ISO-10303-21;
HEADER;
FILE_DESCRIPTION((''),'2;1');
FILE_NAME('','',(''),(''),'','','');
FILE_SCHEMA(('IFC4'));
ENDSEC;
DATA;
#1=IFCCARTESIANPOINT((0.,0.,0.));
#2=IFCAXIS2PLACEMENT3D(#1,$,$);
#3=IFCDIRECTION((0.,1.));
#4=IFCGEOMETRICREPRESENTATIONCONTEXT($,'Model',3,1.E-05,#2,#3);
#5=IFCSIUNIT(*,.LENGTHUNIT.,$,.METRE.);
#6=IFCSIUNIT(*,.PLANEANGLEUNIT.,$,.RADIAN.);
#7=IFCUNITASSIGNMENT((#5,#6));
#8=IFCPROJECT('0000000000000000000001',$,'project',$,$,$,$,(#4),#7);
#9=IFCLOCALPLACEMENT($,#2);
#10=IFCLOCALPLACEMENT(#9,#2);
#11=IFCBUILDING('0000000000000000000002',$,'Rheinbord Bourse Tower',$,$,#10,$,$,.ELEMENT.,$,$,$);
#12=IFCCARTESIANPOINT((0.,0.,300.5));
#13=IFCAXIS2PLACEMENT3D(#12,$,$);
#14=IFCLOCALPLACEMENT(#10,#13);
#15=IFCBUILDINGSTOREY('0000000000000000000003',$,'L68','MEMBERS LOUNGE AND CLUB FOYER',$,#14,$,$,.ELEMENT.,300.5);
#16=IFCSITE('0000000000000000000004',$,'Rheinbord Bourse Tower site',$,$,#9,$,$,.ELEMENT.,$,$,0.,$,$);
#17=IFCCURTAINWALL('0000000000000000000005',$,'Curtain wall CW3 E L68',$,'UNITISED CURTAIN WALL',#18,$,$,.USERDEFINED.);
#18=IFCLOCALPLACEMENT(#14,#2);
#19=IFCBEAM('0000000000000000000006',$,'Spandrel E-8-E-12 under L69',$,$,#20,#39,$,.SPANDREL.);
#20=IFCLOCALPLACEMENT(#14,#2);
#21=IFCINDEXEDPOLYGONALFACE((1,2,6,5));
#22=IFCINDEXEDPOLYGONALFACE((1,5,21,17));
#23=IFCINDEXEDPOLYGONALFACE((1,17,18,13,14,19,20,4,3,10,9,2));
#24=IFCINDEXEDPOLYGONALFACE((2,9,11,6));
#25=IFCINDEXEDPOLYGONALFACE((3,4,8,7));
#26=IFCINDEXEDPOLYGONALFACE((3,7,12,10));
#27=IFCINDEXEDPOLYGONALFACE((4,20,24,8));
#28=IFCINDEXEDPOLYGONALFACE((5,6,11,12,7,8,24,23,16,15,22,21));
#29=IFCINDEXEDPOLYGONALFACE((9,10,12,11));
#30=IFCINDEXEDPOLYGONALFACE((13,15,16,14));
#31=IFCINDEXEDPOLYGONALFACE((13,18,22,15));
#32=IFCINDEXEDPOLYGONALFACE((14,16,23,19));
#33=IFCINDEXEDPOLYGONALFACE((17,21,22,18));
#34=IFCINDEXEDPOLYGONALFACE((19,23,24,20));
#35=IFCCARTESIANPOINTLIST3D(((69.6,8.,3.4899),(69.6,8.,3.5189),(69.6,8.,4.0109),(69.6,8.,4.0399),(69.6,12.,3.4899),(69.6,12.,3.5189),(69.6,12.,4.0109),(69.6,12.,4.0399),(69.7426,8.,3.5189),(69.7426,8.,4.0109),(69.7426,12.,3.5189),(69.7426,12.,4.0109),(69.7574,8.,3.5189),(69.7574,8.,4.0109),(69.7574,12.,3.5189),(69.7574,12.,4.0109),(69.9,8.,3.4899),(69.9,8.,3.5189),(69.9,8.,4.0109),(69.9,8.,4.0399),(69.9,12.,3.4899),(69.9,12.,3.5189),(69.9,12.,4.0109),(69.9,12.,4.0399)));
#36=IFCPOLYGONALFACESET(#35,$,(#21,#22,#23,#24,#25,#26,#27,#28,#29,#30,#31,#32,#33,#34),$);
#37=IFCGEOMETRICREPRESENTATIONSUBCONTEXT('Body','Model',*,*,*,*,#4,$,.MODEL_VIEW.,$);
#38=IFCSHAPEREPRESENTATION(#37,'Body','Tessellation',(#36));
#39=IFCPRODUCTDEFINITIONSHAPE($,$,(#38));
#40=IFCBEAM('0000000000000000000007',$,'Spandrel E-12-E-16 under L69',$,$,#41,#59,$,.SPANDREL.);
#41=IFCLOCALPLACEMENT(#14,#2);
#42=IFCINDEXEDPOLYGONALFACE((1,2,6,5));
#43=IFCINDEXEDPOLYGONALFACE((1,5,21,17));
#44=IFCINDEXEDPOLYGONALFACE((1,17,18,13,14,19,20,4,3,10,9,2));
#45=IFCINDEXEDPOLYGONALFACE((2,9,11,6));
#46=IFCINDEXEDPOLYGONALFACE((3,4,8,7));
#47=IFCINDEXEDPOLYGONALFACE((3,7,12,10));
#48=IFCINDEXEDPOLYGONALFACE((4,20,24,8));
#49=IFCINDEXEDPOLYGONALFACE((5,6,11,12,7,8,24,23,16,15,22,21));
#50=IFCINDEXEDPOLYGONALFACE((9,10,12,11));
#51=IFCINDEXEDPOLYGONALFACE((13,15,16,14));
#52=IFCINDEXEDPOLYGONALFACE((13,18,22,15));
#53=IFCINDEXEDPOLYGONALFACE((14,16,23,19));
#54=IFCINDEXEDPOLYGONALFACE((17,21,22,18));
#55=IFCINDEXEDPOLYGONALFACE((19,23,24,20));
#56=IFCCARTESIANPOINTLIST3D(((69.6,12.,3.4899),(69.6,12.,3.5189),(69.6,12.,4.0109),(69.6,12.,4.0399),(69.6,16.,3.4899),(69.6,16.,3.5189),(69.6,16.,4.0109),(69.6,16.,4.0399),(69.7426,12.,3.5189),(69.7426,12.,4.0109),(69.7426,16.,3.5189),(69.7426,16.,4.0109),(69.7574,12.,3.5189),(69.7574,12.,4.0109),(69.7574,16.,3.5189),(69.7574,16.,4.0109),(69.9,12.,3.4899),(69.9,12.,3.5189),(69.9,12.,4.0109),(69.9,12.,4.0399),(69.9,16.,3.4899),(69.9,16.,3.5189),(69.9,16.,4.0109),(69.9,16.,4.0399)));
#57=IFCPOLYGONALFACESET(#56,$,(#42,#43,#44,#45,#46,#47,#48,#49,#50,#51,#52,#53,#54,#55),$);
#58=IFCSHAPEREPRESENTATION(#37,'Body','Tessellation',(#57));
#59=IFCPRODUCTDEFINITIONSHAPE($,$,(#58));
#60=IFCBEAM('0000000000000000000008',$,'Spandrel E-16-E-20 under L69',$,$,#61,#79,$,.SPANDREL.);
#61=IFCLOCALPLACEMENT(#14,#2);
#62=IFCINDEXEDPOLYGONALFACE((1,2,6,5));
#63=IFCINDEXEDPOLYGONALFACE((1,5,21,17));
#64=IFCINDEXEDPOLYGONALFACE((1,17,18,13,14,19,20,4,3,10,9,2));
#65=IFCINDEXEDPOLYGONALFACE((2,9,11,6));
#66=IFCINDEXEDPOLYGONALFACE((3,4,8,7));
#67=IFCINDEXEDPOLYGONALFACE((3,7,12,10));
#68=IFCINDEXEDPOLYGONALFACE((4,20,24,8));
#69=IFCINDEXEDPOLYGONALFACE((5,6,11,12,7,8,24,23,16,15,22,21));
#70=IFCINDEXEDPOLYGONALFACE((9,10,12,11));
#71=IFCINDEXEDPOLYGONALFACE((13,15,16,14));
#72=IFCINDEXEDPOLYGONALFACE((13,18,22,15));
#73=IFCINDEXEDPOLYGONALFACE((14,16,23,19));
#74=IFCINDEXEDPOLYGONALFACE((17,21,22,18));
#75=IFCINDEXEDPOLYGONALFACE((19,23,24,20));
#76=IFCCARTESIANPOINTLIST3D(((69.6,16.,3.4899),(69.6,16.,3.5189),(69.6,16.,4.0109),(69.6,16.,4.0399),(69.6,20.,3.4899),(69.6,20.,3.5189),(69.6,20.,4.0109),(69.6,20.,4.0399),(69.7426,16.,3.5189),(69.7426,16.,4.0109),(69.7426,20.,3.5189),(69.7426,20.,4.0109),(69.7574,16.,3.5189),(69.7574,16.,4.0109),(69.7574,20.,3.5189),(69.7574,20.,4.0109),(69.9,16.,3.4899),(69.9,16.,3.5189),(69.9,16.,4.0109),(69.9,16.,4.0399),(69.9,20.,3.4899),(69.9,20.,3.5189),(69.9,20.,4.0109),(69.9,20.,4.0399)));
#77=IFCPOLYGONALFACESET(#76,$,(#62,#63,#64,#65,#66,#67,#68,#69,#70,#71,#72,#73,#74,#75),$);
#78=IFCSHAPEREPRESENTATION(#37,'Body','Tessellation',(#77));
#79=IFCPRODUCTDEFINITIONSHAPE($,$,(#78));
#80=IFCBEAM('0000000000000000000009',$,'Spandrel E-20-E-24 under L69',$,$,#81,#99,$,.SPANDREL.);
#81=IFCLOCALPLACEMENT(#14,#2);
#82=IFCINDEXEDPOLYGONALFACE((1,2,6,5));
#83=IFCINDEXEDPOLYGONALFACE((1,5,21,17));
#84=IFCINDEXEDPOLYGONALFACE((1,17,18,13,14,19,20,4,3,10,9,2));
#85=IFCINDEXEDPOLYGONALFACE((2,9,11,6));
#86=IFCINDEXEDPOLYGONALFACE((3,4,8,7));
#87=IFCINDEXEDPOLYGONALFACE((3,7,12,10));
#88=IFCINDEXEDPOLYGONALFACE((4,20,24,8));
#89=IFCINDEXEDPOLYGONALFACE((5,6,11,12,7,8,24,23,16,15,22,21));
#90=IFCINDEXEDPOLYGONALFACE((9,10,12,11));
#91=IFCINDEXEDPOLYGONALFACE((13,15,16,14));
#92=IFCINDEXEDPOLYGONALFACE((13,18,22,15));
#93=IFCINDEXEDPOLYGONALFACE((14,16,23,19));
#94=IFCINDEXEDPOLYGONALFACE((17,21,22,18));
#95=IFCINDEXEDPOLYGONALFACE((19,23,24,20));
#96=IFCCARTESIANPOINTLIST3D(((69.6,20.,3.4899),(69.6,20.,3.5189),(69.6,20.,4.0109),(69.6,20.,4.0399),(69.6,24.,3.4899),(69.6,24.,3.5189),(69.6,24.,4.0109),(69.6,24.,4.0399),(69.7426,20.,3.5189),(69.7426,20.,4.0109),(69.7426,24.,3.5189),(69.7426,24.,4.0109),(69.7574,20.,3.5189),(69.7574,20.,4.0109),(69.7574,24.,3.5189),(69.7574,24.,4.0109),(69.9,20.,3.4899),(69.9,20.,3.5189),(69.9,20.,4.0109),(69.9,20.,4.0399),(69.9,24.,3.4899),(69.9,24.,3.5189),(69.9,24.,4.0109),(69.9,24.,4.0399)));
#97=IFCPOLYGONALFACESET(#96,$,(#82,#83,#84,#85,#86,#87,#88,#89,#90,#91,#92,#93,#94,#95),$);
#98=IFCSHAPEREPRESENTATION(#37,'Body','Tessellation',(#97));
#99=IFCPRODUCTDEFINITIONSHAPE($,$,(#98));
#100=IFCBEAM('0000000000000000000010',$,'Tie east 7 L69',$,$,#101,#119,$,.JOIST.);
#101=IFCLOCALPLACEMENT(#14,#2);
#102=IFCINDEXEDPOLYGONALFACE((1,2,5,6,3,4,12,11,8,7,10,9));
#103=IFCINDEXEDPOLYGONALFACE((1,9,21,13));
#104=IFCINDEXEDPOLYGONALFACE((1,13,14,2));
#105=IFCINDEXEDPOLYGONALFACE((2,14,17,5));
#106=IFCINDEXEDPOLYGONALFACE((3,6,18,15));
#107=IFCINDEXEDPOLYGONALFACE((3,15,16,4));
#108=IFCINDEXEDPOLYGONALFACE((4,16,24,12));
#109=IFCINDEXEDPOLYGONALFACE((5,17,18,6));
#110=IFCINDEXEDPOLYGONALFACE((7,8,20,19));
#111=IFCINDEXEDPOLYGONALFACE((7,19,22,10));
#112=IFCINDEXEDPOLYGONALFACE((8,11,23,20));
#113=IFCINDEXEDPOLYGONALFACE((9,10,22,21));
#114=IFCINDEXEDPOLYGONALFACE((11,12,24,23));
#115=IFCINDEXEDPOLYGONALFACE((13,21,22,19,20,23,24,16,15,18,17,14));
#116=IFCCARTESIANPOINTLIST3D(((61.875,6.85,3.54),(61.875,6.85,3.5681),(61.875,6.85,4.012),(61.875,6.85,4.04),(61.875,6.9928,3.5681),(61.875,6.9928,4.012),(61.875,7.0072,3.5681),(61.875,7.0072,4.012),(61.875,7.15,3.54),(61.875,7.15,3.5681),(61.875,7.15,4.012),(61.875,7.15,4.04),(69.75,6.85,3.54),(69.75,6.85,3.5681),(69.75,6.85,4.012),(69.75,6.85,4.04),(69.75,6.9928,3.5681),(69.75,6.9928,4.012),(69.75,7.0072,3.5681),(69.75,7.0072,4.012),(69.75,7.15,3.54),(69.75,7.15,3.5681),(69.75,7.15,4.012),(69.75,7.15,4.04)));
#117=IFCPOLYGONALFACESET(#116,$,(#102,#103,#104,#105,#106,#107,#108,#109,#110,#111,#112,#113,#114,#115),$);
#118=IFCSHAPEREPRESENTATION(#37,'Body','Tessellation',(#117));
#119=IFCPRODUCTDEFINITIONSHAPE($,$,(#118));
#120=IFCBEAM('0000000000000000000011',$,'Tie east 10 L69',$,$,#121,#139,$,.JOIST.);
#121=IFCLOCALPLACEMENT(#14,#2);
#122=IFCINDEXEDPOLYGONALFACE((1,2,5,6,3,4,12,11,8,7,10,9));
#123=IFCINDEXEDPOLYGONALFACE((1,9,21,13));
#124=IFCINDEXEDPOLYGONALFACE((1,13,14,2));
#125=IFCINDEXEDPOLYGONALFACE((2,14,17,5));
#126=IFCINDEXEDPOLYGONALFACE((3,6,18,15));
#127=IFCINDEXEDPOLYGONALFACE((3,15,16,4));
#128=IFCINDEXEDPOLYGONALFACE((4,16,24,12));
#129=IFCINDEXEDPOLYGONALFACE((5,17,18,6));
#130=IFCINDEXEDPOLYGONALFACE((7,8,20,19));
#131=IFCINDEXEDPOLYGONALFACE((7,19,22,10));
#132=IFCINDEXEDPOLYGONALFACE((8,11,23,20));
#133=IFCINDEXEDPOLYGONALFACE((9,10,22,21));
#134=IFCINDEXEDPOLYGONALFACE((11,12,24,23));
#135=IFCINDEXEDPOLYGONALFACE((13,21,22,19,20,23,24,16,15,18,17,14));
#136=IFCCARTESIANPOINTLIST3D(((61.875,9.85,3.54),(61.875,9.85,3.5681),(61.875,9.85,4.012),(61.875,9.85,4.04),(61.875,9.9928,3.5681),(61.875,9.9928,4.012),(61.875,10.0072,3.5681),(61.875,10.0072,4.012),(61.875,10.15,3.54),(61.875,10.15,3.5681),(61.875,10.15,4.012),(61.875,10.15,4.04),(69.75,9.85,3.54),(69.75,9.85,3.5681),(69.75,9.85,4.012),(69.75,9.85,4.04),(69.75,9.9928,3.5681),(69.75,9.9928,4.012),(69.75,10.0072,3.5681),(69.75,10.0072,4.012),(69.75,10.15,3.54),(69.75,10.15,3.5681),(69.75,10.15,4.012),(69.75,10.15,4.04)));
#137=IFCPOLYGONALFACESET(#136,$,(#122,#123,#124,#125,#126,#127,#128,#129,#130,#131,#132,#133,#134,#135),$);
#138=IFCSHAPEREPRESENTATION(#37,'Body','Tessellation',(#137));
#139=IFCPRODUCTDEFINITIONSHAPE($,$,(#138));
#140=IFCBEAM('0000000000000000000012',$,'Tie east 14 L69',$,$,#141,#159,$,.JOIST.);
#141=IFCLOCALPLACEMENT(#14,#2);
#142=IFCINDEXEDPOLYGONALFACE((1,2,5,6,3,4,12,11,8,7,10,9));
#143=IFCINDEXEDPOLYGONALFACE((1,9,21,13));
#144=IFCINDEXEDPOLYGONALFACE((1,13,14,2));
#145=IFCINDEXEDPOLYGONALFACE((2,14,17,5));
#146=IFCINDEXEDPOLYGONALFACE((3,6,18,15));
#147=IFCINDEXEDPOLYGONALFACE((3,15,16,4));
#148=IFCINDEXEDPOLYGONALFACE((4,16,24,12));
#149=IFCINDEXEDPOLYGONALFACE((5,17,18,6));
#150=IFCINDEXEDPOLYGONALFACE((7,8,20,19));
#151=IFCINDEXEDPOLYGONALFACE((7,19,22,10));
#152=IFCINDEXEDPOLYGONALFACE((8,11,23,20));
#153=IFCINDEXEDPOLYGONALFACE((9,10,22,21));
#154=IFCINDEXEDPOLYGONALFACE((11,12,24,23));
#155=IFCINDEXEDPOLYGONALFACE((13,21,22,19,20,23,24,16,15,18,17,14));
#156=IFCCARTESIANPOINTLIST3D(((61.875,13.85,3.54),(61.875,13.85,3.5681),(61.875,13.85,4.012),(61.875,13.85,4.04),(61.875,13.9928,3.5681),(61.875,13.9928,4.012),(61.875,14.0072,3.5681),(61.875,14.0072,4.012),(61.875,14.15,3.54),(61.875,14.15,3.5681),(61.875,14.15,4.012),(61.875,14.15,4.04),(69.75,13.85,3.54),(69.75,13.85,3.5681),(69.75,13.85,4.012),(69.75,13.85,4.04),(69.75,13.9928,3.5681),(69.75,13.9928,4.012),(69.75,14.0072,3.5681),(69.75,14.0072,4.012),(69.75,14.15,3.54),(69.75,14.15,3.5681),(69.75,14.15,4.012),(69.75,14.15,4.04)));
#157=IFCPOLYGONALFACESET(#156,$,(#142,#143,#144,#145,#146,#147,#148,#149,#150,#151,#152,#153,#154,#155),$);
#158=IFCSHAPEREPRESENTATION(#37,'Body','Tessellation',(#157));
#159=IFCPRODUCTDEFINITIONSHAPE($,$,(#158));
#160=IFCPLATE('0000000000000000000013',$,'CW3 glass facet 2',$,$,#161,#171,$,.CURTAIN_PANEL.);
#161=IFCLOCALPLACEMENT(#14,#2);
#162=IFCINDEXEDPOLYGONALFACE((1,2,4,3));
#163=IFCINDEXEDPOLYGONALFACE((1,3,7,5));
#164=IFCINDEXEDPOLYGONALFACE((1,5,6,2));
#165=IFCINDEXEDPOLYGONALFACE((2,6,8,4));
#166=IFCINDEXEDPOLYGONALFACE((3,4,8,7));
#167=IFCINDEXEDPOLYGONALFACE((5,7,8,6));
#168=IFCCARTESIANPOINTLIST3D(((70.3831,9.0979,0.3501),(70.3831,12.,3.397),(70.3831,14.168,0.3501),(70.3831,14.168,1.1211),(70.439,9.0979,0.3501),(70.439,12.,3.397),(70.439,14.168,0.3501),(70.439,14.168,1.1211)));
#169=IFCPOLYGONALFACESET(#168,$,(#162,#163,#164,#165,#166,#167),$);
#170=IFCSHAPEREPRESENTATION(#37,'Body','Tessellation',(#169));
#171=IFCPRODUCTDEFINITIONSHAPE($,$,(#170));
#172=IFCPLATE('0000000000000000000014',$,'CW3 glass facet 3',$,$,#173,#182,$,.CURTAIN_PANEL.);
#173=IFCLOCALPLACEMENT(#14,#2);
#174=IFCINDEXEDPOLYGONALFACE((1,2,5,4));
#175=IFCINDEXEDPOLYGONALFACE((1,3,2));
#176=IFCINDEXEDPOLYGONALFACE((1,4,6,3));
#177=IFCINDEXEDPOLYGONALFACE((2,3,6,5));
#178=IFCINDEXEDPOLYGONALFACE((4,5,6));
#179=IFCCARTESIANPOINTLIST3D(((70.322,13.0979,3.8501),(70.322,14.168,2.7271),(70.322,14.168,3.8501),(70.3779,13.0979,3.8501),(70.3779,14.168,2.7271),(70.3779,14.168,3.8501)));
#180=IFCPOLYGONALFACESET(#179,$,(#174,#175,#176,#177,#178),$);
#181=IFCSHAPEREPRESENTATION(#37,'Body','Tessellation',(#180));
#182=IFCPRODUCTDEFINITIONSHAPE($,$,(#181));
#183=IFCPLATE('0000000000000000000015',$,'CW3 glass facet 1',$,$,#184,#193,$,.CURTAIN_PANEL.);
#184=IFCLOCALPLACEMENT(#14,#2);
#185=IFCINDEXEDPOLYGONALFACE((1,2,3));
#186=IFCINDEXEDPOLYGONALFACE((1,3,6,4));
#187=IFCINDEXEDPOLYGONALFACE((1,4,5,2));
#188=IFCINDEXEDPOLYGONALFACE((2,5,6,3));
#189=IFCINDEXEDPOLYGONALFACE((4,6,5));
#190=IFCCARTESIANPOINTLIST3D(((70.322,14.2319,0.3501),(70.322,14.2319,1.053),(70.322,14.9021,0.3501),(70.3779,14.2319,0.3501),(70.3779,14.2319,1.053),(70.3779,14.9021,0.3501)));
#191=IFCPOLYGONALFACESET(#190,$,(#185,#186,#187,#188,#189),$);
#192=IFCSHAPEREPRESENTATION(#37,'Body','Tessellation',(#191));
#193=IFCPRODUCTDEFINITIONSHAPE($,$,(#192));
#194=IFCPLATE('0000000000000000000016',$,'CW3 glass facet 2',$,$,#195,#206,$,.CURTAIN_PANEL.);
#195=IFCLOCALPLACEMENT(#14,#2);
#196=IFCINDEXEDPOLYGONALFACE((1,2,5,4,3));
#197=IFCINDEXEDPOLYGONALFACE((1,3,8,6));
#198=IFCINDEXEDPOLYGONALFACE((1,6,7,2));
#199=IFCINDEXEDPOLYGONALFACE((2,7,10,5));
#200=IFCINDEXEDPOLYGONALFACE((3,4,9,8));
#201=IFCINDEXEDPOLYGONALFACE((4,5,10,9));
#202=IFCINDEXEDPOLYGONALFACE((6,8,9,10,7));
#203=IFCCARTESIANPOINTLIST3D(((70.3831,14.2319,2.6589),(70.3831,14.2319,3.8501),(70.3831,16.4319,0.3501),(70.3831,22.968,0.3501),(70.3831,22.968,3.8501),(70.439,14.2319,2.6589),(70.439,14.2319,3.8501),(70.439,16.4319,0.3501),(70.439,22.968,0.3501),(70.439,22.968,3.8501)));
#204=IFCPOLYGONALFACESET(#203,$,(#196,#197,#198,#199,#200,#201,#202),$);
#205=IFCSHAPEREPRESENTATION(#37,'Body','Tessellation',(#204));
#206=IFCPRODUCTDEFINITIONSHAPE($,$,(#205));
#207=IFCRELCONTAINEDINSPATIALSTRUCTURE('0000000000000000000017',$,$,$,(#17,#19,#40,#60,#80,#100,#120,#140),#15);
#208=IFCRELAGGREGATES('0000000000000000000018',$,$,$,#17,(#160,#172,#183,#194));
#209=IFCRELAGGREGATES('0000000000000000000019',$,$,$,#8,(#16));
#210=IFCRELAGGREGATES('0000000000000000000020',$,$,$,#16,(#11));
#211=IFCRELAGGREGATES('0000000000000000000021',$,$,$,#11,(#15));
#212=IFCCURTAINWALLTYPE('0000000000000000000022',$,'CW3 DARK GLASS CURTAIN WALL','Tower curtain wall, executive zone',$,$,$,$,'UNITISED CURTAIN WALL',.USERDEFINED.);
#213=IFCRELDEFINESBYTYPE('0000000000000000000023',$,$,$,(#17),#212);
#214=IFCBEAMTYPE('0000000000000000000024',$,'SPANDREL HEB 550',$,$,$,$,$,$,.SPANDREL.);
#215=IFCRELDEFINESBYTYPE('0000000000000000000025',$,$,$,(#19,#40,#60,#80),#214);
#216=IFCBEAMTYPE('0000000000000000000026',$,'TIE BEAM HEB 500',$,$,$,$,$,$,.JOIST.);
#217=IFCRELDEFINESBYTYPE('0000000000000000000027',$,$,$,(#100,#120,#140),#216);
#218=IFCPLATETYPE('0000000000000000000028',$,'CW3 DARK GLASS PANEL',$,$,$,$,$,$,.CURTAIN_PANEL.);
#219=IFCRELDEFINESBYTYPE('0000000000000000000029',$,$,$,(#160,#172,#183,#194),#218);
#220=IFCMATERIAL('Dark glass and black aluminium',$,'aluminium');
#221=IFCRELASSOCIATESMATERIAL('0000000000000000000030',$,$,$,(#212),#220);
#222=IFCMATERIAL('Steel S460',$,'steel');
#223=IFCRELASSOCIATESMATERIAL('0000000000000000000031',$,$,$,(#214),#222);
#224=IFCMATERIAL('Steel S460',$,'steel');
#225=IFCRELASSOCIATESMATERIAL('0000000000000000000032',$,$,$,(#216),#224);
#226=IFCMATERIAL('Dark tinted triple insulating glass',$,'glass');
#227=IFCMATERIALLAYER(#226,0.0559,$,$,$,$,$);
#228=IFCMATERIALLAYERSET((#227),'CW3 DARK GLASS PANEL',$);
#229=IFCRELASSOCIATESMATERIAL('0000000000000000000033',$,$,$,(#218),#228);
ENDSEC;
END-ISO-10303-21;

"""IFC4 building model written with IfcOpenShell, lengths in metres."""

from ifc_helpers import new_model, si_unit, direction, frame, origin, origin_2d, place, context, subcontext, project, spatial, polyline, i_section, outline, extrude, material, layer, layer_set, material_profile, profile_set, type_object, element, aggregate, save


model = new_model("IFC4")

# Units and contexts
model_context = context("Model", 3, precision=1e-05, world=origin(), true_north=direction((0.0, 1.0)))
body_context = subcontext(model_context, "Body", "Model", "MODEL_VIEW")
ifc_project = project(units=[si_unit("LENGTHUNIT", "METRE"), si_unit("PLANEANGLEUNIT", "RADIAN")], contexts=[model_context])

# Site, building, storey
site_placement = place(None, origin())
site = spatial("IfcSite", under=ifc_project, at=site_placement, Name="Rheinbord Bourse Tower site", CompositionType="ELEMENT", RefElevation=0.0)
building_placement = place(site_placement, origin())
building = spatial("IfcBuilding", under=site, at=building_placement, Name="Rheinbord Bourse Tower", CompositionType="ELEMENT")
storey_placement = place(building_placement, frame((0.0, 0.0, 300.5)))
storey = spatial("IfcBuildingStorey", under=building, at=storey_placement, Name="L68", Description="MEMBERS LOUNGE AND CLUB FOYER", CompositionType="ELEMENT", Elevation=300.5)

# Curtain wall
ifc_material_1 = material(Name="Dark glass and black aluminium", Category="aluminium")
curtain_wall_type = type_object("IfcCurtainWallType", Name="CW3 DARK GLASS CURTAIN WALL", Description="Tower curtain wall, executive zone", ElementType="UNITISED CURTAIN WALL", PredefinedType="USERDEFINED", material=ifc_material_1)
curtain_wall_placement = place(storey_placement, origin())
curtain_wall = element("IfcCurtainWall", 1, at=curtain_wall_placement, inside=storey, type_object=curtain_wall_type, Name="Curtain wall CW3 E L68", ObjectType="UNITISED CURTAIN WALL", PredefinedType="USERDEFINED")

# Beams
ifc_material_2 = material(Name="Steel S460", Category="steel")
ifc_material_profile_1 = material_profile(ifc_material_2, i_section(OverallWidth=0.3, OverallDepth=0.55, WebThickness=0.0149, FlangeThickness=0.0291, at=origin_2d()), Name="HEB 550")
ifc_profile_set_1 = profile_set([ifc_material_profile_1], Name="Steel S460")
beam_type_1 = type_object("IfcBeamType", Name="SPANDREL HEB 550", PredefinedType="SPANDREL", material=ifc_profile_set_1)
for number, where, z_axis, x_axis, name in (
    (2, (69.75, 8.0, 3.7649), (0.0, 1.0, 0.0), (-1.0, 0.0, 0.0), "Spandrel E-8-E-12 under L69"),
    (3, (69.75, 12.0, 3.7649), (0.0, 1.0, 0.0), (-1.0, 0.0, 0.0), "Spandrel E-12-E-16 under L69"),
    (4, (69.75, 16.0, 3.7649), (0.0, 1.0, 0.0), (-1.0, 0.0, 0.0), "Spandrel E-16-E-20 under L69"),
    (5, (69.75, 20.0, 3.7649), (0.0, 1.0, 0.0), (-1.0, 0.0, 0.0), "Spandrel E-20-E-24 under L69"),
):
    element("IfcBeam", number, at=place(storey_placement, frame(where, z_axis=z_axis, x_axis=x_axis)), inside=storey, type_object=beam_type_1, Name=name, PredefinedType="SPANDREL", context=body_context, shape_type="SweptSolid", body=[
        extrude(i_section(OverallWidth=0.3, OverallDepth=0.55, WebThickness=0.0149, FlangeThickness=0.0291, at=origin_2d()), origin(), (0.0, 0.0, 1.0), 4.0),
    ])
ifc_material_3 = material(Name="Steel S460", Category="steel")
ifc_material_profile_2 = material_profile(ifc_material_3, i_section(OverallWidth=0.3, OverallDepth=0.5, WebThickness=0.0144, FlangeThickness=0.0281, at=origin_2d()), Name="HEB 500")
ifc_profile_set_2 = profile_set([ifc_material_profile_2], Name="Steel S460")
beam_type_2 = type_object("IfcBeamType", Name="TIE BEAM HEB 500", PredefinedType="JOIST", material=ifc_profile_set_2)
for number, where, z_axis, x_axis, name in (
    (6, (61.875, 7.0, 3.79), (1.0, 0.0, 0.0), (0.0, 1.0, 0.0), "Tie east 7 L69"),
    (7, (61.875, 10.0, 3.79), (1.0, 0.0, 0.0), (0.0, 1.0, 0.0), "Tie east 10 L69"),
    (8, (61.875, 14.0, 3.79), (1.0, 0.0, 0.0), (0.0, 1.0, 0.0), "Tie east 14 L69"),
):
    element("IfcBeam", number, at=place(storey_placement, frame(where, z_axis=z_axis, x_axis=x_axis)), inside=storey, type_object=beam_type_2, Name=name, PredefinedType="JOIST", context=body_context, shape_type="SweptSolid", body=[
        extrude(i_section(OverallWidth=0.3, OverallDepth=0.5, WebThickness=0.0144, FlangeThickness=0.0281, at=origin_2d()), origin(), (0.0, 0.0, 1.0), 7.875),
    ])

# Plates
ifc_material_4 = material(Name="Dark tinted triple insulating glass", Category="glass")
ifc_layer_1 = layer(ifc_material_4, 0.0559)
ifc_layer_set_1 = layer_set([ifc_layer_1], Name="CW3 DARK GLASS PANEL")
plate_type = type_object("IfcPlateType", Name="CW3 DARK GLASS PANEL", PredefinedType="CURTAIN_PANEL", material=ifc_layer_set_1)
plate_1_placement = place(storey_placement, frame((70.439, 14.168, 0.3501), z_axis=(-1.0, 0.0, 0.0), x_axis=(0.0, -1.0, 0.0)))
plate_1 = element("IfcPlate", 9, at=plate_1_placement, type_object=plate_type, Name="CW3 glass facet 2", PredefinedType="CURTAIN_PANEL", context=body_context, shape_type="SweptSolid", body=[
    extrude(outline(polyline([(0.0, 0.0), (5.0701, 0.0), (2.168, 3.0469), (0.0, 0.771), (0.0, 0.0)])), origin(), (0.0, 0.0, 1.0), 0.0559),
])
plate_2_placement = place(storey_placement, frame((70.3779, 14.168, 3.8501), z_axis=(-1.0, 0.0, 0.0), x_axis=(0.0, 0.0, -1.0)))
plate_2 = element("IfcPlate", 10, at=plate_2_placement, type_object=plate_type, Name="CW3 glass facet 3", PredefinedType="CURTAIN_PANEL", context=body_context, shape_type="SweptSolid", body=[
    extrude(outline(polyline([(0.0, 0.0), (1.123, 0.0), (0.0, 1.0701), (0.0, 0.0)])), origin(), (0.0, 0.0, 1.0), 0.0559),
])
plate_3_placement = place(storey_placement, frame((70.3779, 14.2319, 0.3501), z_axis=(-1.0, 0.0, 0.0), x_axis=(0.0, 0.0, 1.0)))
plate_3 = element("IfcPlate", 11, at=plate_3_placement, type_object=plate_type, Name="CW3 glass facet 1", PredefinedType="CURTAIN_PANEL", context=body_context, shape_type="SweptSolid", body=[
    extrude(outline(polyline([(0.0, 0.0), (0.7029, 0.0), (0.0, 0.6702), (0.0, 0.0)])), origin(), (0.0, 0.0, 1.0), 0.0559),
])
plate_4_placement = place(storey_placement, frame((70.439, 14.2319, 3.8501), z_axis=(-1.0, 0.0, 0.0), x_axis=(0.0, 1.0, 0.0)))
plate_4 = element("IfcPlate", 12, at=plate_4_placement, type_object=plate_type, Name="CW3 glass facet 2", PredefinedType="CURTAIN_PANEL", context=body_context, shape_type="SweptSolid", body=[
    extrude(outline(polyline([(0.0, 0.0), (8.7361, 0.0), (8.7361, 3.5), (2.2, 3.5), (0.0, 1.1912), (0.0, 0.0)])), origin(), (0.0, 0.0, 1.0), 0.0559),
])
aggregate(curtain_wall, [plate_1, plate_2, plate_3, plate_4])

save(model, "model.ifc")
